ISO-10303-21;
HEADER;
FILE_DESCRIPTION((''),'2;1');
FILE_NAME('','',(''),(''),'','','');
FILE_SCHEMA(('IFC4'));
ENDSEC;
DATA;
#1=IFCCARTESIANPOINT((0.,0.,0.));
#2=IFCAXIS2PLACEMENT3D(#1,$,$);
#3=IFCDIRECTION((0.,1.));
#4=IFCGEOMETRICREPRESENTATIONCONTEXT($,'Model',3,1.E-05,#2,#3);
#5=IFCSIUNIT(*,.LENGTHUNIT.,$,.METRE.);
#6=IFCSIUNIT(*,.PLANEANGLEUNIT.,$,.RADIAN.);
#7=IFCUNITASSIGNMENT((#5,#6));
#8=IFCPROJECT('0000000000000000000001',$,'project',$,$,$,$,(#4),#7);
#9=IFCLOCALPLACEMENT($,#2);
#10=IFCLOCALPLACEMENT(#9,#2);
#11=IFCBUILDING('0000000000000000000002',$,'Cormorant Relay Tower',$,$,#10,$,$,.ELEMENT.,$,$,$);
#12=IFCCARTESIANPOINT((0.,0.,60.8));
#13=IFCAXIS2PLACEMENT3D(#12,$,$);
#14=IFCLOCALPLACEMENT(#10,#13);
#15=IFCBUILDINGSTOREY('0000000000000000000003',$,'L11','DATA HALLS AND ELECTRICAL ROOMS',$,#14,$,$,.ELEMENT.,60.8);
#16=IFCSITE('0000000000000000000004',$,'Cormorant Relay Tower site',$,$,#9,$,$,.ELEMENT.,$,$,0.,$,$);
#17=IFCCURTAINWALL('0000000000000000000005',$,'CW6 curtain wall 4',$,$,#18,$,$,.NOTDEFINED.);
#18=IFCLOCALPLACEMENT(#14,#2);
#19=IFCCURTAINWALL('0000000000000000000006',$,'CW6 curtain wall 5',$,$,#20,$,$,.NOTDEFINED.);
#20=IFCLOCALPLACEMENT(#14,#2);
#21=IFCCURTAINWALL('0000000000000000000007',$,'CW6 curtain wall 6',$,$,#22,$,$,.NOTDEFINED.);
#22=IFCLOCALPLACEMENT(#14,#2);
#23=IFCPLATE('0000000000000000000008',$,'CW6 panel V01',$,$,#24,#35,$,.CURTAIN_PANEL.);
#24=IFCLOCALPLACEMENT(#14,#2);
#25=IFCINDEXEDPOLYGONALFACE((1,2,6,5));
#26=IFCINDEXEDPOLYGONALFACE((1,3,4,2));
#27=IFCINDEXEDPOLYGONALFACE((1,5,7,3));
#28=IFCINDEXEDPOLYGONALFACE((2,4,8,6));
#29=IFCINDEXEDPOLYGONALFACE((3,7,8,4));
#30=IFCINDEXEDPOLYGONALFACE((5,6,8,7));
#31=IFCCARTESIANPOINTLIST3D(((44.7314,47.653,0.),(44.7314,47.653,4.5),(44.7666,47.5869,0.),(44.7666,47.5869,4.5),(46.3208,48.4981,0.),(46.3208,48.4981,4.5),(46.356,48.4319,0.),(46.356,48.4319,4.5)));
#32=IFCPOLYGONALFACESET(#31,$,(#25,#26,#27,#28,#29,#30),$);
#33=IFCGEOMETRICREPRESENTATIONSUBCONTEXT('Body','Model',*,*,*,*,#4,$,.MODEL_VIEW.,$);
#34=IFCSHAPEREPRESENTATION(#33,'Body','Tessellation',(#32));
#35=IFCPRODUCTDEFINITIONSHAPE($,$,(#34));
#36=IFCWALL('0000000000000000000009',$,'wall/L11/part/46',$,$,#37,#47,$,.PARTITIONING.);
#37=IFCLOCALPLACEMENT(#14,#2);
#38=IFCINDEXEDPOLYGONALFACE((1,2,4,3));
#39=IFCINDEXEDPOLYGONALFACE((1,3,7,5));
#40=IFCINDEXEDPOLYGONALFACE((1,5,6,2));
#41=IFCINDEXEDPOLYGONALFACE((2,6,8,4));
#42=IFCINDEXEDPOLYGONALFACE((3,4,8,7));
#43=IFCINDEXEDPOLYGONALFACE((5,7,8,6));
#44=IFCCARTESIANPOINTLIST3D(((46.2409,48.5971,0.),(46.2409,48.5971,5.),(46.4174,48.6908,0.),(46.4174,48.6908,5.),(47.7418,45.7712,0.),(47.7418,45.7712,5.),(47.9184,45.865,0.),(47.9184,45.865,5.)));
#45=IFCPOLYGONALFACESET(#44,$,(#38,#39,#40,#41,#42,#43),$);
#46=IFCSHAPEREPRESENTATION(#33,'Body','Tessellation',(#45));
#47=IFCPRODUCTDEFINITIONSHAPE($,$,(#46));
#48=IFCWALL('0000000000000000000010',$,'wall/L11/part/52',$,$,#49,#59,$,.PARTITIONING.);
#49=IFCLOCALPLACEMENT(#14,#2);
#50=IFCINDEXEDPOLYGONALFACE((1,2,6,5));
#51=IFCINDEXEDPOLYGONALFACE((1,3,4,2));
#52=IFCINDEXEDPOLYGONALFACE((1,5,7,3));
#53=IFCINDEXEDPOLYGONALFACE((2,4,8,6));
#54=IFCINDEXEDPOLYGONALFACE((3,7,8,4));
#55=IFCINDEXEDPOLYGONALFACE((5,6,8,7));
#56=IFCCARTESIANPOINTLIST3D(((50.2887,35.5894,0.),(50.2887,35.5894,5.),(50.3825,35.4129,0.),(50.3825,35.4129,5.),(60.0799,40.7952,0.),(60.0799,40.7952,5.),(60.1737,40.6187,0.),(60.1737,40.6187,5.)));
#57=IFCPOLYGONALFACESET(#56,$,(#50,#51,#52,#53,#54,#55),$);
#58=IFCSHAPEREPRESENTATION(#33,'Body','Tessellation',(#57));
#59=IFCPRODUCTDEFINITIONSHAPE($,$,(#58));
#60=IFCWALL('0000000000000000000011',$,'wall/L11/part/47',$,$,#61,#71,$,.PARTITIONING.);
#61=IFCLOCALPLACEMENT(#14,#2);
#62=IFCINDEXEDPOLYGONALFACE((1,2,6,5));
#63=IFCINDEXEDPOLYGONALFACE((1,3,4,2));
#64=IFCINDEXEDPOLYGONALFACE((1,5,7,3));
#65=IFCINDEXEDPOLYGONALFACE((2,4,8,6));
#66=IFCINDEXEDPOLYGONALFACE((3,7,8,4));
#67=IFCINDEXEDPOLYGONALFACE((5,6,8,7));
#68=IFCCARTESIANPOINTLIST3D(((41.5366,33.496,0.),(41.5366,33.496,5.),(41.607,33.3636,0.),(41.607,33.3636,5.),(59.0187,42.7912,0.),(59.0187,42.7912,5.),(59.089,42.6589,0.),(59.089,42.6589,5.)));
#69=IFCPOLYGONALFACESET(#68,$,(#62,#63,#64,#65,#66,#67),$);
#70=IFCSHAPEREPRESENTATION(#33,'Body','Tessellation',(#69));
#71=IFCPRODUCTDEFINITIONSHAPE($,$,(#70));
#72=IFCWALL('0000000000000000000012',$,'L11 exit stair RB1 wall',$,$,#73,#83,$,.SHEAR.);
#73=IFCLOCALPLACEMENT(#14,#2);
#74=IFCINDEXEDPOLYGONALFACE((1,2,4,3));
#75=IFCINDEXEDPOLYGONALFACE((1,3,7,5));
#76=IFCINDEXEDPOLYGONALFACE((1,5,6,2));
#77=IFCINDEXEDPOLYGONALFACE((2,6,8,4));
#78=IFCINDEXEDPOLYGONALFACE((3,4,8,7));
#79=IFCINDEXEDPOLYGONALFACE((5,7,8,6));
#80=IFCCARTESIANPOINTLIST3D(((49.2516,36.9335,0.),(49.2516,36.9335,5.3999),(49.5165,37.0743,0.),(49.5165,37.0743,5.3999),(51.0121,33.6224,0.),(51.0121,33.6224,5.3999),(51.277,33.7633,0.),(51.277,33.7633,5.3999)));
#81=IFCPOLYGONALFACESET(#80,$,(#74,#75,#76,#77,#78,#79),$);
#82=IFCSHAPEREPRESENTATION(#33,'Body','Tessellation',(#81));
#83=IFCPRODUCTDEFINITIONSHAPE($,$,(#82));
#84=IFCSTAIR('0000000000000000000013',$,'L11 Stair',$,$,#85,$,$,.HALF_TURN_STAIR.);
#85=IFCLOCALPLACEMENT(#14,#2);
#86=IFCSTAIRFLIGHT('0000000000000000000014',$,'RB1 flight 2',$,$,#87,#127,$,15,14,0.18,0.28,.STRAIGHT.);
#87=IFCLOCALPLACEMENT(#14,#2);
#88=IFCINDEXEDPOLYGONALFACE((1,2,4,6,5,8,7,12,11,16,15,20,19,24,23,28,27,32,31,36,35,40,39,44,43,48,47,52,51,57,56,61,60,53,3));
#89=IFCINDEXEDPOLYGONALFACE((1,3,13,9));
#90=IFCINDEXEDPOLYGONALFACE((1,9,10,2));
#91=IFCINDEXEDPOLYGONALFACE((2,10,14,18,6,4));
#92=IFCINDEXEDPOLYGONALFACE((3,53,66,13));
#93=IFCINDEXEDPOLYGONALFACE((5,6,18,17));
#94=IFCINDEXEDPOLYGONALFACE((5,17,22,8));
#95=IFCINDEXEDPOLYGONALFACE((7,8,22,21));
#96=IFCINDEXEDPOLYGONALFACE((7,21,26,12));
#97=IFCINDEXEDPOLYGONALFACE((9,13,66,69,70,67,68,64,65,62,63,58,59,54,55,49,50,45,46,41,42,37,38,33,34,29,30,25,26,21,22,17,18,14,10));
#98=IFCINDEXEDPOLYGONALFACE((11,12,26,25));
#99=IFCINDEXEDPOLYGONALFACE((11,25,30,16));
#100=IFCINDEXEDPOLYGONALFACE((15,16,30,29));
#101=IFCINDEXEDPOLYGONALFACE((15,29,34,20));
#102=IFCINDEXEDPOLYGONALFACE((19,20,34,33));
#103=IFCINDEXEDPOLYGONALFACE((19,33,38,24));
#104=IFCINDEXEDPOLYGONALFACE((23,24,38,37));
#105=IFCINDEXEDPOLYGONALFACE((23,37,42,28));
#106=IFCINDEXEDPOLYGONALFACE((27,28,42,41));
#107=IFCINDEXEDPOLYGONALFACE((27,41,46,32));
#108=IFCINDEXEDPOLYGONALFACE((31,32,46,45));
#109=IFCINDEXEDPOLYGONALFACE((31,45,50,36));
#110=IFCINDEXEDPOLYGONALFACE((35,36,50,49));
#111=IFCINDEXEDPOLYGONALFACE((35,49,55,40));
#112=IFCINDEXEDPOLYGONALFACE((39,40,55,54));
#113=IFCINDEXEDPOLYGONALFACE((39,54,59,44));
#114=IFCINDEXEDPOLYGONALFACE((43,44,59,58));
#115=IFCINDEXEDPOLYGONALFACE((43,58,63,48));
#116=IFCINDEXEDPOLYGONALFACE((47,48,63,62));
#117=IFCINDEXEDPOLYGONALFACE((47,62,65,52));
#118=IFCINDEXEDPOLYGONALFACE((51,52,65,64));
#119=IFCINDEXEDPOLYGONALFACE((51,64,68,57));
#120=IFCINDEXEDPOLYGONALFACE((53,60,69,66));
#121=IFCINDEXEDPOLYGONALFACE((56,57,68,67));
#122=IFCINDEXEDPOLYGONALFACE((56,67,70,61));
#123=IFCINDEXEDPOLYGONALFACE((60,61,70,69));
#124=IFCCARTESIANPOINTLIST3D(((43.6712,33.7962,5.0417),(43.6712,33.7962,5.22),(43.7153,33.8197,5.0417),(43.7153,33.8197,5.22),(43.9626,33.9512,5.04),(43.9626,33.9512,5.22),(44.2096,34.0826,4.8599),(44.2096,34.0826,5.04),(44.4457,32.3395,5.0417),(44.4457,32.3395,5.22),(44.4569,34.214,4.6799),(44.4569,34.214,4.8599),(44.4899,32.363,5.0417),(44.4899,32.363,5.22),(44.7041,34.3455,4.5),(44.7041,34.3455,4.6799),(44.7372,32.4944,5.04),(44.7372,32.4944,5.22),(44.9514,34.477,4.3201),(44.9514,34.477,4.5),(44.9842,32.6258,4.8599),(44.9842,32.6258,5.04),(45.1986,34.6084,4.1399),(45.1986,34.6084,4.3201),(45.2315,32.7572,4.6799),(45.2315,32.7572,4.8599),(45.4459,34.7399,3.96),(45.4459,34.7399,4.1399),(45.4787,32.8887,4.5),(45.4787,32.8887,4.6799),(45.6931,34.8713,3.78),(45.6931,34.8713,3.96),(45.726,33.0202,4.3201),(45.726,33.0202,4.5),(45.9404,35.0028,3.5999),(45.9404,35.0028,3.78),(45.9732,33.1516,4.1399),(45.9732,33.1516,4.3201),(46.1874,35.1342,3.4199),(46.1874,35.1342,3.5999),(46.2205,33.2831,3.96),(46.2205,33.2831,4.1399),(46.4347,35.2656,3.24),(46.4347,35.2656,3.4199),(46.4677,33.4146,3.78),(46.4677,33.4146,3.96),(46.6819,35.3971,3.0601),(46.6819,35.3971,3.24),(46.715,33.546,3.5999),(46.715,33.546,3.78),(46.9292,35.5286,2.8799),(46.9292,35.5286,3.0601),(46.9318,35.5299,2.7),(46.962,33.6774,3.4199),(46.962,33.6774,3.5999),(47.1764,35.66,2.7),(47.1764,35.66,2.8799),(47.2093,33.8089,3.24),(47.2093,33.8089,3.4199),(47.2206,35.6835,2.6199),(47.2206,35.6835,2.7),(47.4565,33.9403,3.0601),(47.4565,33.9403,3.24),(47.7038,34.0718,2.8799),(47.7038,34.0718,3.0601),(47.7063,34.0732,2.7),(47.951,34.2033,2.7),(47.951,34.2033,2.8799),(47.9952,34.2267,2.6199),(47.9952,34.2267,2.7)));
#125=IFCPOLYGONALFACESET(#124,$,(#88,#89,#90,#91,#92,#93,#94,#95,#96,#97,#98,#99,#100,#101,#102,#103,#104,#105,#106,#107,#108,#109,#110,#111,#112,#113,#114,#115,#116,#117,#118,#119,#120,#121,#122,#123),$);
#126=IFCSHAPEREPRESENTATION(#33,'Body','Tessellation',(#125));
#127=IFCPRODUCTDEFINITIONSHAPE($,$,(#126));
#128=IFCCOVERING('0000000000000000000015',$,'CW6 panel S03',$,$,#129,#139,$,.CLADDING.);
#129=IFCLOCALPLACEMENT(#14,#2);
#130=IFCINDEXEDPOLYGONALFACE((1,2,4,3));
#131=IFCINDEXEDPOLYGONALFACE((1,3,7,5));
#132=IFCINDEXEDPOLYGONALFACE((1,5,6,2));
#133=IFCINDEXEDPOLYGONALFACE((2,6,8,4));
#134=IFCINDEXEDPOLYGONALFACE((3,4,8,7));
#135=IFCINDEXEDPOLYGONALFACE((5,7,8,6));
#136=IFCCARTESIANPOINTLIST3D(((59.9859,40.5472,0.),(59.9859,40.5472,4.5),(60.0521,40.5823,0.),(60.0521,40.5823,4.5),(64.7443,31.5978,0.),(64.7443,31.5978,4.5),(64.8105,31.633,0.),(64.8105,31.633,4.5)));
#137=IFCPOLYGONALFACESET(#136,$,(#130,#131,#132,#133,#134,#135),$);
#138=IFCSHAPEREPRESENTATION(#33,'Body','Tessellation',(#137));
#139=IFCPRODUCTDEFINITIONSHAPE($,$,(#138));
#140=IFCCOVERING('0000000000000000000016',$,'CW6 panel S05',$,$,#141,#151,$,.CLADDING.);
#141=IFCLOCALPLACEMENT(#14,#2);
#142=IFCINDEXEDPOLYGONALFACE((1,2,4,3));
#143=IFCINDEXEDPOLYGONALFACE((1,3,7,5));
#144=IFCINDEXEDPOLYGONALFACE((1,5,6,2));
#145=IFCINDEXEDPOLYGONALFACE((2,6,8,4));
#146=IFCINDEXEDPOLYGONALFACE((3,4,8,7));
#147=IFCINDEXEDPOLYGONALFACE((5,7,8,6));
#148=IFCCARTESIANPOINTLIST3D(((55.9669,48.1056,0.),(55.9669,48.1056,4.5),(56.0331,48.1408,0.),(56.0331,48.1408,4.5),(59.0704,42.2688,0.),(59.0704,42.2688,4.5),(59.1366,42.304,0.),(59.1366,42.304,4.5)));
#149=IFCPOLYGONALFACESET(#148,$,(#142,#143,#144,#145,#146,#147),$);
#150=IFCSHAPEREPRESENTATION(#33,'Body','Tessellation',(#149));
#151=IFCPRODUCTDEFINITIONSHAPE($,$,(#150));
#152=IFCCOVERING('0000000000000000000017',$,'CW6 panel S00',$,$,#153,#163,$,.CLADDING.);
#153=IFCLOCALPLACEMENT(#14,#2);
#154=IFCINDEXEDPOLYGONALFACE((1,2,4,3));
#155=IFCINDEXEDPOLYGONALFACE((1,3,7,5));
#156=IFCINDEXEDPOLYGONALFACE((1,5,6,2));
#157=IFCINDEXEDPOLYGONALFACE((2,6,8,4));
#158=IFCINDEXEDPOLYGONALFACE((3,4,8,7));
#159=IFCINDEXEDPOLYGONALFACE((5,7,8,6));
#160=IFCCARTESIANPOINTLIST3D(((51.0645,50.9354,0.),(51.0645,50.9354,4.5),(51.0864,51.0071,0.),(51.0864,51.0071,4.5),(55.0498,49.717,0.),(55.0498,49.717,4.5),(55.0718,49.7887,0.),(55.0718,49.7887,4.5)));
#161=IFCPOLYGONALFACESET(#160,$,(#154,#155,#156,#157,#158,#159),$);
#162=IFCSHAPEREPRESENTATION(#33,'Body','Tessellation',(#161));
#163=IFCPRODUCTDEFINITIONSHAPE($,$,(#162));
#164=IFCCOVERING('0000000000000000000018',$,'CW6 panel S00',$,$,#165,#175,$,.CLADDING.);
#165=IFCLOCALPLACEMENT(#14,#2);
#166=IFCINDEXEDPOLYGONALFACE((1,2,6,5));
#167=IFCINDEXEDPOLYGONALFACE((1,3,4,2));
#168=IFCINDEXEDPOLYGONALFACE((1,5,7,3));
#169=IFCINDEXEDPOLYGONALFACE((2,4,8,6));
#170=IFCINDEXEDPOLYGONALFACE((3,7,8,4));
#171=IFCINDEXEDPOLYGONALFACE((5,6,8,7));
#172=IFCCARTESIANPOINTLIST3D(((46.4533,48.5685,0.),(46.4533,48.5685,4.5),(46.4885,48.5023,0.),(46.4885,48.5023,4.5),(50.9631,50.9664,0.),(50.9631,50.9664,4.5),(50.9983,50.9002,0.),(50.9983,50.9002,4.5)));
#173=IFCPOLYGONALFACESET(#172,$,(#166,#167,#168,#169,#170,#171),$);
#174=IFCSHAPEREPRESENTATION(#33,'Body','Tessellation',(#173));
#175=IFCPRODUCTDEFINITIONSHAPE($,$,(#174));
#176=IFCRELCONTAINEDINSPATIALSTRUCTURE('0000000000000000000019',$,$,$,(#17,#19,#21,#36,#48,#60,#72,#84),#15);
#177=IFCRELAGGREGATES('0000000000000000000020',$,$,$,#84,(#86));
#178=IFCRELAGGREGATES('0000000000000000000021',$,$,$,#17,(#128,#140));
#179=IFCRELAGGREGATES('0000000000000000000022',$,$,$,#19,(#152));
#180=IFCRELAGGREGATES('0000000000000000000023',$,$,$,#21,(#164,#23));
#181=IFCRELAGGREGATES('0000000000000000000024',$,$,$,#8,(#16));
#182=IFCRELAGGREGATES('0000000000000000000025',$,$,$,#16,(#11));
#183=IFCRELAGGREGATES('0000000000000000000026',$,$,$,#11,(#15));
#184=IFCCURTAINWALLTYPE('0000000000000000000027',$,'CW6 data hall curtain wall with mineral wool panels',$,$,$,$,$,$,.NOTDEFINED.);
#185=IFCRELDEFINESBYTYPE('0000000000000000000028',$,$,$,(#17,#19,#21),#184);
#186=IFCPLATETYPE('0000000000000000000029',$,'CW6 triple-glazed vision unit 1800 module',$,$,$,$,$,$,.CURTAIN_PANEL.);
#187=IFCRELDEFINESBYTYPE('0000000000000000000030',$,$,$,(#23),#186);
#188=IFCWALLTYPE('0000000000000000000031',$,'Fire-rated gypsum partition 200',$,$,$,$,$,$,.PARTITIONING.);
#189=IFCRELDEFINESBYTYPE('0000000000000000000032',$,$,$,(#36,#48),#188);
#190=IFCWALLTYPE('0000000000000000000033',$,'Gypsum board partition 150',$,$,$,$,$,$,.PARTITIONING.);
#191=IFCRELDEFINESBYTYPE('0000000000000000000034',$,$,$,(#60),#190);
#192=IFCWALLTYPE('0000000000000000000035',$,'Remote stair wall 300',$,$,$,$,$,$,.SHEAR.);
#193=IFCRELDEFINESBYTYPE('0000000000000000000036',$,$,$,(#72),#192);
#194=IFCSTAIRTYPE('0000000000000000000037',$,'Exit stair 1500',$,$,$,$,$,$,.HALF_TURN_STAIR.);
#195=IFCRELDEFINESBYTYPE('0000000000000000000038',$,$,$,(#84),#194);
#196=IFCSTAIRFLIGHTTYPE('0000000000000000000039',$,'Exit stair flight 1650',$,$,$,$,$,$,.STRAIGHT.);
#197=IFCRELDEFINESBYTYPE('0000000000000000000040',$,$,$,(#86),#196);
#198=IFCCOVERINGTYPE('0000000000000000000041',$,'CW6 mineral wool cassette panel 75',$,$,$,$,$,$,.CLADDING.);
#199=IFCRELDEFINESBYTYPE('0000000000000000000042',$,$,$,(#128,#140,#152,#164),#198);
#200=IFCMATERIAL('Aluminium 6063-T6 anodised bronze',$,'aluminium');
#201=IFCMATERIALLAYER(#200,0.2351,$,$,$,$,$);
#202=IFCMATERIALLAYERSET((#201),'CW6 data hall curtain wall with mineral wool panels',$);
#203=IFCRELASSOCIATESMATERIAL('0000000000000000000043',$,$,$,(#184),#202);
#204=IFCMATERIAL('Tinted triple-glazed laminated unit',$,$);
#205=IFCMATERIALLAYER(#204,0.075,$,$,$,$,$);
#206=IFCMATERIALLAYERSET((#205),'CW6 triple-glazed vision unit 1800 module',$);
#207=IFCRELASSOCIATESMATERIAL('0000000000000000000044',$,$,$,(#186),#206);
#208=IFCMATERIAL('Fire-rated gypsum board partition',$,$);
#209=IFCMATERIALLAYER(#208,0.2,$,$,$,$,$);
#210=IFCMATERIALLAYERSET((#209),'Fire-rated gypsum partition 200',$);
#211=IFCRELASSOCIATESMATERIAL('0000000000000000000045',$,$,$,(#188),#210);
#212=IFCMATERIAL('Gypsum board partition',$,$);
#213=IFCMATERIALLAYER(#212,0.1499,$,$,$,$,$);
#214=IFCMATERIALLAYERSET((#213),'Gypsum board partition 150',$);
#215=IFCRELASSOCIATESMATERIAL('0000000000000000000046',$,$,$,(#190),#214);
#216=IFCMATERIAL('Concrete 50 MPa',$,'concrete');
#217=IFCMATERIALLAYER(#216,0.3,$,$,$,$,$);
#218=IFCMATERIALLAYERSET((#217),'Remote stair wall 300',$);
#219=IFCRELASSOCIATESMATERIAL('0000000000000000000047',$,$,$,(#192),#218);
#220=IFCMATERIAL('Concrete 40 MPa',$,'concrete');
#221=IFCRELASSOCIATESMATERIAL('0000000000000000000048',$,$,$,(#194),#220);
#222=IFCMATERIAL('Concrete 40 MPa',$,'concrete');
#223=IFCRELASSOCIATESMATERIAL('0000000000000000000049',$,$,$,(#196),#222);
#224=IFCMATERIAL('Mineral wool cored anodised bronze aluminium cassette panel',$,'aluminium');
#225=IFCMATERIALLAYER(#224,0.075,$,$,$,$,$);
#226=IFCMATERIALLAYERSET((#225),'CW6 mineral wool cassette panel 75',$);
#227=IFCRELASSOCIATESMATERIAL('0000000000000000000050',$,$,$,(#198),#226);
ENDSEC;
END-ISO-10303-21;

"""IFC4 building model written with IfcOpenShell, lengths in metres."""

from ifc_helpers import new_model, si_unit, direction, frame, frame_2d, origin, origin_2d, place, context, subcontext, project, spatial, polyline, rectangle, outline, extrude, material, layer, layer_set, type_object, element, aggregate, save


model = new_model("IFC4")

# Units and contexts
model_context = context("Model", 3, precision=1e-05, world=origin(), true_north=direction((0.0, 1.0)))
body_context = subcontext(model_context, "Body", "Model", "MODEL_VIEW")
ifc_project = project(units=[si_unit("LENGTHUNIT", "METRE"), si_unit("PLANEANGLEUNIT", "RADIAN")], contexts=[model_context])

# Site, building, storey
site_placement = place(None, origin())
site = spatial("IfcSite", under=ifc_project, at=site_placement, Name="Cormorant Relay Tower site", CompositionType="ELEMENT", RefElevation=0.0)
building_placement = place(site_placement, origin())
building = spatial("IfcBuilding", under=site, at=building_placement, Name="Cormorant Relay Tower", CompositionType="ELEMENT")
storey_placement = place(building_placement, frame((0.0, 0.0, 60.8)))
storey = spatial("IfcBuildingStorey", under=building, at=storey_placement, Name="L11", Description="DATA HALLS AND ELECTRICAL ROOMS", CompositionType="ELEMENT", Elevation=60.8)

# Curtain wall
ifc_material_1 = material(Name="Aluminium 6063-T6 anodised bronze", Category="aluminium")
ifc_layer_1 = layer(ifc_material_1, 0.2351)
ifc_layer_set_1 = layer_set([ifc_layer_1], Name="CW6 data hall curtain wall with mineral wool panels")
curtain_wall_type = type_object("IfcCurtainWallType", Name="CW6 data hall curtain wall with mineral wool panels", PredefinedType="NOTDEFINED", material=ifc_layer_set_1)
curtain_wall_1_placement = place(storey_placement, origin())
curtain_wall_1 = element("IfcCurtainWall", 1, at=curtain_wall_1_placement, inside=storey, type_object=curtain_wall_type, Name="CW6 curtain wall 4", PredefinedType="NOTDEFINED")

# Curtain wall
curtain_wall_2_placement = place(storey_placement, origin())
curtain_wall_2 = element("IfcCurtainWall", 2, at=curtain_wall_2_placement, inside=storey, type_object=curtain_wall_type, Name="CW6 curtain wall 5", PredefinedType="NOTDEFINED")

# Curtain wall
curtain_wall_3_placement = place(storey_placement, origin())
curtain_wall_3 = element("IfcCurtainWall", 3, at=curtain_wall_3_placement, inside=storey, type_object=curtain_wall_type, Name="CW6 curtain wall 6", PredefinedType="NOTDEFINED")

# Plate
ifc_material_2 = material(Name="Tinted triple-glazed laminated unit")
ifc_layer_2 = layer(ifc_material_2, 0.075)
ifc_layer_set_2 = layer_set([ifc_layer_2], Name="CW6 triple-glazed vision unit 1800 module")
plate_type = type_object("IfcPlateType", Name="CW6 triple-glazed vision unit 1800 module", PredefinedType="CURTAIN_PANEL", material=ifc_layer_set_2)
plate_1_placement = place(storey_placement, frame((45.5437, 48.0425, 0.0), z_axis=(0.0, 0.0, 1.0), x_axis=(-0.882948, -0.469472, 0.0)))
plate_1 = element("IfcPlate", 4, at=plate_1_placement, type_object=plate_type, Name="CW6 panel V01", PredefinedType="CURTAIN_PANEL", context=body_context, shape_type="SweptSolid", body=[
    extrude(rectangle(XDim=1.8, YDim=0.075, at=origin_2d()), origin(), (0.0, 0.0, 1.0), 4.5),
])

# Walls
ifc_material_3 = material(Name="Fire-rated gypsum board partition")
ifc_layer_3 = layer(ifc_material_3, 0.2)
ifc_layer_set_3 = layer_set([ifc_layer_3], Name="Fire-rated gypsum partition 200")
wall_type_1 = type_object("IfcWallType", Name="Fire-rated gypsum partition 200", PredefinedType="PARTITIONING", material=ifc_layer_set_3)
wall_1_placement = place(storey_placement, frame((47.8301, 45.8181, 0.0), z_axis=(0.0, 0.0, 1.0), x_axis=(-0.469083, 0.883154, 0.0)))
element("IfcWall", 5, at=wall_1_placement, inside=storey, type_object=wall_type_1, Name="wall/L11/part/46", PredefinedType="PARTITIONING", context=body_context, shape_type="SweptSolid", body=[
    extrude(rectangle(XDim=3.1997, YDim=0.2, at=frame_2d((1.5999, 0.0))), origin(), (0.0, 0.0, 1.0), 5.0),
])
wall_2_placement = place(storey_placement, frame((50.3357, 35.5012, 0.0), z_axis=(0.0, 0.0, 1.0), x_axis=(0.882959, 0.469451, 0.0)))
element("IfcWall", 6, at=wall_2_placement, inside=storey, type_object=wall_type_1, Name="wall/L11/part/52", PredefinedType="PARTITIONING", context=body_context, shape_type="SweptSolid", body=[
    extrude(rectangle(XDim=11.0891, YDim=0.2, at=frame_2d((5.5444, 0.0))), origin(), (0.0, 0.0, 1.0), 5.0),
])
ifc_material_4 = material(Name="Gypsum board partition")
ifc_layer_4 = layer(ifc_material_4, 0.1499)
ifc_layer_set_4 = layer_set([ifc_layer_4], Name="Gypsum board partition 150")
wall_type_2 = type_object("IfcWallType", Name="Gypsum board partition 150", PredefinedType="PARTITIONING", material=ifc_layer_set_4)
wall_3_placement = place(storey_placement, frame((59.054, 42.7251, 0.0), z_axis=(0.0, 0.0, 1.0), x_axis=(-0.882951, -0.469466, 0.0)))
element("IfcWall", 7, at=wall_3_placement, inside=storey, type_object=wall_type_2, Name="wall/L11/part/47", PredefinedType="PARTITIONING", context=body_context, shape_type="SweptSolid", body=[
    extrude(rectangle(XDim=19.7996, YDim=0.1499, at=frame_2d((9.8999, 0.0))), origin(), (0.0, 0.0, 1.0), 5.0),
])
ifc_material_5 = material(Name="Concrete 50 MPa", Category="concrete")
ifc_layer_5 = layer(ifc_material_5, 0.3)
ifc_layer_set_5 = layer_set([ifc_layer_5], Name="Remote stair wall 300")
wall_type_3 = type_object("IfcWallType", Name="Remote stair wall 300", PredefinedType="SHEAR", material=ifc_layer_set_5)
wall_4_placement = place(storey_placement, frame((49.384, 37.0039, 0.0), z_axis=(0.0, 0.0, 1.0), x_axis=(0.469469, -0.882949, 0.0)))
element("IfcWall", 8, at=wall_4_placement, inside=storey, type_object=wall_type_3, Name="L11 exit stair RB1 wall", PredefinedType="SHEAR", context=body_context, shape_type="SweptSolid", body=[
    extrude(rectangle(XDim=3.75, YDim=0.3, at=frame_2d((1.875, 0.0))), origin(), (0.0, 0.0, 1.0), 5.3999),
])

# Stair, stair flight
ifc_material_6 = material(Name="Concrete 40 MPa", Category="concrete")
stair_type = type_object("IfcStairType", Name="Exit stair 1500", PredefinedType="HALF_TURN_STAIR", material=ifc_material_6)
stair_placement = place(storey_placement, origin())
stair = element("IfcStair", 9, at=stair_placement, inside=storey, type_object=stair_type, Name="L11 Stair", PredefinedType="HALF_TURN_STAIR")
ifc_material_7 = material(Name="Concrete 40 MPa", Category="concrete")
stair_flight_type = type_object("IfcStairFlightType", Name="Exit stair flight 1650", PredefinedType="STRAIGHT", material=ifc_material_7)
stair_flight_placement = place(storey_placement, frame((47.5637, 34.9316, 2.7), z_axis=(0.0, 0.0, 1.0), x_axis=(-0.882948, -0.469472, 0.0)))
stair_flight = element("IfcStairFlight", 10, at=stair_flight_placement, type_object=stair_flight_type, Name="RB1 flight 2", NumberOfRisers=15, NumberOfTreads=14, PredefinedType="STRAIGHT", RiserHeight=0.18, TreadLength=0.28, context=body_context, shape_type="SweptSolid", body=[
    extrude(outline(polyline([(-0.05, -0.0801), (-0.05, 0.0), (0.0, 0.0), (0.0, 0.1799), (0.28, 0.1799), (0.28, 0.3601), (0.5601, 0.3601), (0.5601, 0.54), (0.8401, 0.54), (0.8401, 0.72), (1.1201, 0.72), (1.1201, 0.8999), (1.3999, 0.8999), (1.3999, 1.0801), (1.6799, 1.0801), (1.6799, 1.26), (1.96, 1.26), (1.96, 1.4399), (2.24, 1.4399), (2.24, 1.6201), (2.52, 1.6201), (2.52, 1.8), (2.8, 1.8), (2.8, 1.98), (3.0801, 1.98), (3.0801, 2.1599), (3.3601, 2.1599), (3.3601, 2.3401), (3.6399, 2.3401), (3.6399, 2.52), (3.9199, 2.52), (3.97, 2.52), (3.97, 2.3418), (3.9199, 2.3418), (0.2771, 0.0), (-0.05, -0.0801)])), frame((0.0, 0.825, 0.0), z_axis=(0.0, -1.0, 0.0), x_axis=(1.0, 0.0, 0.0)), (0.0, 0.0, 1.0), 1.6499),
])
aggregate(stair, [stair_flight])

# Coverings
ifc_material_8 = material(Name="Mineral wool cored anodised bronze aluminium cassette panel", Category="aluminium")
ifc_layer_6 = layer(ifc_material_8, 0.075)
ifc_layer_set_6 = layer_set([ifc_layer_6], Name="CW6 mineral wool cassette panel 75")
covering_type = type_object("IfcCoveringType", Name="CW6 mineral wool cassette panel 75", PredefinedType="CLADDING", material=ifc_layer_set_6)
covering_1_placement = place(storey_placement, frame((62.3982, 36.0901, 0.0), z_axis=(0.0, 0.0, 1.0), x_axis=(-0.469472, 0.882948, 0.0)))
covering_1 = element("IfcCovering", 11, at=covering_1_placement, type_object=covering_type, Name="CW6 panel S03", PredefinedType="CLADDING", context=body_context, shape_type="SweptSolid", body=[
    extrude(rectangle(XDim=10.1357, YDim=0.075, at=origin_2d()), origin(), (0.0, 0.0, 1.0), 4.5),
])
covering_2_placement = place(storey_placement, frame((57.5518, 45.2048, 0.0), z_axis=(0.0, 0.0, 1.0), x_axis=(-0.469472, 0.882948, 0.0)))
covering_2 = element("IfcCovering", 12, at=covering_2_placement, type_object=covering_type, Name="CW6 panel S05", PredefinedType="CLADDING", context=body_context, shape_type="SweptSolid", body=[
    extrude(rectangle(XDim=6.6106, YDim=0.075, at=origin_2d()), origin(), (0.0, 0.0, 1.0), 4.5),
])
aggregate(curtain_wall_1, [covering_1, covering_2])
covering_3_placement = place(storey_placement, frame((53.0681, 50.3621, 0.0), z_axis=(0.0, 0.0, 1.0), x_axis=(-0.956305, 0.292372, 0.0)))
covering_3 = element("IfcCovering", 13, at=covering_3_placement, type_object=covering_type, Name="CW6 panel S00", PredefinedType="CLADDING", context=body_context, shape_type="SweptSolid", body=[
    extrude(rectangle(XDim=4.1675, YDim=0.075, at=origin_2d()), origin(), (0.0, 0.0, 1.0), 4.5),
])
aggregate(curtain_wall_2, [covering_3])
covering_4_placement = place(storey_placement, frame((48.7258, 49.7344, 0.0), z_axis=(0.0, 0.0, 1.0), x_axis=(-0.882948, -0.469472, 0.0)))
covering_4 = element("IfcCovering", 14, at=covering_4_placement, type_object=covering_type, Name="CW6 panel S00", PredefinedType="CLADDING", context=body_context, shape_type="SweptSolid", body=[
    extrude(rectangle(XDim=5.1077, YDim=0.075, at=origin_2d()), origin(), (0.0, 0.0, 1.0), 4.5),
])
aggregate(curtain_wall_3, [covering_4, plate_1])

save(model, "model.ifc")
